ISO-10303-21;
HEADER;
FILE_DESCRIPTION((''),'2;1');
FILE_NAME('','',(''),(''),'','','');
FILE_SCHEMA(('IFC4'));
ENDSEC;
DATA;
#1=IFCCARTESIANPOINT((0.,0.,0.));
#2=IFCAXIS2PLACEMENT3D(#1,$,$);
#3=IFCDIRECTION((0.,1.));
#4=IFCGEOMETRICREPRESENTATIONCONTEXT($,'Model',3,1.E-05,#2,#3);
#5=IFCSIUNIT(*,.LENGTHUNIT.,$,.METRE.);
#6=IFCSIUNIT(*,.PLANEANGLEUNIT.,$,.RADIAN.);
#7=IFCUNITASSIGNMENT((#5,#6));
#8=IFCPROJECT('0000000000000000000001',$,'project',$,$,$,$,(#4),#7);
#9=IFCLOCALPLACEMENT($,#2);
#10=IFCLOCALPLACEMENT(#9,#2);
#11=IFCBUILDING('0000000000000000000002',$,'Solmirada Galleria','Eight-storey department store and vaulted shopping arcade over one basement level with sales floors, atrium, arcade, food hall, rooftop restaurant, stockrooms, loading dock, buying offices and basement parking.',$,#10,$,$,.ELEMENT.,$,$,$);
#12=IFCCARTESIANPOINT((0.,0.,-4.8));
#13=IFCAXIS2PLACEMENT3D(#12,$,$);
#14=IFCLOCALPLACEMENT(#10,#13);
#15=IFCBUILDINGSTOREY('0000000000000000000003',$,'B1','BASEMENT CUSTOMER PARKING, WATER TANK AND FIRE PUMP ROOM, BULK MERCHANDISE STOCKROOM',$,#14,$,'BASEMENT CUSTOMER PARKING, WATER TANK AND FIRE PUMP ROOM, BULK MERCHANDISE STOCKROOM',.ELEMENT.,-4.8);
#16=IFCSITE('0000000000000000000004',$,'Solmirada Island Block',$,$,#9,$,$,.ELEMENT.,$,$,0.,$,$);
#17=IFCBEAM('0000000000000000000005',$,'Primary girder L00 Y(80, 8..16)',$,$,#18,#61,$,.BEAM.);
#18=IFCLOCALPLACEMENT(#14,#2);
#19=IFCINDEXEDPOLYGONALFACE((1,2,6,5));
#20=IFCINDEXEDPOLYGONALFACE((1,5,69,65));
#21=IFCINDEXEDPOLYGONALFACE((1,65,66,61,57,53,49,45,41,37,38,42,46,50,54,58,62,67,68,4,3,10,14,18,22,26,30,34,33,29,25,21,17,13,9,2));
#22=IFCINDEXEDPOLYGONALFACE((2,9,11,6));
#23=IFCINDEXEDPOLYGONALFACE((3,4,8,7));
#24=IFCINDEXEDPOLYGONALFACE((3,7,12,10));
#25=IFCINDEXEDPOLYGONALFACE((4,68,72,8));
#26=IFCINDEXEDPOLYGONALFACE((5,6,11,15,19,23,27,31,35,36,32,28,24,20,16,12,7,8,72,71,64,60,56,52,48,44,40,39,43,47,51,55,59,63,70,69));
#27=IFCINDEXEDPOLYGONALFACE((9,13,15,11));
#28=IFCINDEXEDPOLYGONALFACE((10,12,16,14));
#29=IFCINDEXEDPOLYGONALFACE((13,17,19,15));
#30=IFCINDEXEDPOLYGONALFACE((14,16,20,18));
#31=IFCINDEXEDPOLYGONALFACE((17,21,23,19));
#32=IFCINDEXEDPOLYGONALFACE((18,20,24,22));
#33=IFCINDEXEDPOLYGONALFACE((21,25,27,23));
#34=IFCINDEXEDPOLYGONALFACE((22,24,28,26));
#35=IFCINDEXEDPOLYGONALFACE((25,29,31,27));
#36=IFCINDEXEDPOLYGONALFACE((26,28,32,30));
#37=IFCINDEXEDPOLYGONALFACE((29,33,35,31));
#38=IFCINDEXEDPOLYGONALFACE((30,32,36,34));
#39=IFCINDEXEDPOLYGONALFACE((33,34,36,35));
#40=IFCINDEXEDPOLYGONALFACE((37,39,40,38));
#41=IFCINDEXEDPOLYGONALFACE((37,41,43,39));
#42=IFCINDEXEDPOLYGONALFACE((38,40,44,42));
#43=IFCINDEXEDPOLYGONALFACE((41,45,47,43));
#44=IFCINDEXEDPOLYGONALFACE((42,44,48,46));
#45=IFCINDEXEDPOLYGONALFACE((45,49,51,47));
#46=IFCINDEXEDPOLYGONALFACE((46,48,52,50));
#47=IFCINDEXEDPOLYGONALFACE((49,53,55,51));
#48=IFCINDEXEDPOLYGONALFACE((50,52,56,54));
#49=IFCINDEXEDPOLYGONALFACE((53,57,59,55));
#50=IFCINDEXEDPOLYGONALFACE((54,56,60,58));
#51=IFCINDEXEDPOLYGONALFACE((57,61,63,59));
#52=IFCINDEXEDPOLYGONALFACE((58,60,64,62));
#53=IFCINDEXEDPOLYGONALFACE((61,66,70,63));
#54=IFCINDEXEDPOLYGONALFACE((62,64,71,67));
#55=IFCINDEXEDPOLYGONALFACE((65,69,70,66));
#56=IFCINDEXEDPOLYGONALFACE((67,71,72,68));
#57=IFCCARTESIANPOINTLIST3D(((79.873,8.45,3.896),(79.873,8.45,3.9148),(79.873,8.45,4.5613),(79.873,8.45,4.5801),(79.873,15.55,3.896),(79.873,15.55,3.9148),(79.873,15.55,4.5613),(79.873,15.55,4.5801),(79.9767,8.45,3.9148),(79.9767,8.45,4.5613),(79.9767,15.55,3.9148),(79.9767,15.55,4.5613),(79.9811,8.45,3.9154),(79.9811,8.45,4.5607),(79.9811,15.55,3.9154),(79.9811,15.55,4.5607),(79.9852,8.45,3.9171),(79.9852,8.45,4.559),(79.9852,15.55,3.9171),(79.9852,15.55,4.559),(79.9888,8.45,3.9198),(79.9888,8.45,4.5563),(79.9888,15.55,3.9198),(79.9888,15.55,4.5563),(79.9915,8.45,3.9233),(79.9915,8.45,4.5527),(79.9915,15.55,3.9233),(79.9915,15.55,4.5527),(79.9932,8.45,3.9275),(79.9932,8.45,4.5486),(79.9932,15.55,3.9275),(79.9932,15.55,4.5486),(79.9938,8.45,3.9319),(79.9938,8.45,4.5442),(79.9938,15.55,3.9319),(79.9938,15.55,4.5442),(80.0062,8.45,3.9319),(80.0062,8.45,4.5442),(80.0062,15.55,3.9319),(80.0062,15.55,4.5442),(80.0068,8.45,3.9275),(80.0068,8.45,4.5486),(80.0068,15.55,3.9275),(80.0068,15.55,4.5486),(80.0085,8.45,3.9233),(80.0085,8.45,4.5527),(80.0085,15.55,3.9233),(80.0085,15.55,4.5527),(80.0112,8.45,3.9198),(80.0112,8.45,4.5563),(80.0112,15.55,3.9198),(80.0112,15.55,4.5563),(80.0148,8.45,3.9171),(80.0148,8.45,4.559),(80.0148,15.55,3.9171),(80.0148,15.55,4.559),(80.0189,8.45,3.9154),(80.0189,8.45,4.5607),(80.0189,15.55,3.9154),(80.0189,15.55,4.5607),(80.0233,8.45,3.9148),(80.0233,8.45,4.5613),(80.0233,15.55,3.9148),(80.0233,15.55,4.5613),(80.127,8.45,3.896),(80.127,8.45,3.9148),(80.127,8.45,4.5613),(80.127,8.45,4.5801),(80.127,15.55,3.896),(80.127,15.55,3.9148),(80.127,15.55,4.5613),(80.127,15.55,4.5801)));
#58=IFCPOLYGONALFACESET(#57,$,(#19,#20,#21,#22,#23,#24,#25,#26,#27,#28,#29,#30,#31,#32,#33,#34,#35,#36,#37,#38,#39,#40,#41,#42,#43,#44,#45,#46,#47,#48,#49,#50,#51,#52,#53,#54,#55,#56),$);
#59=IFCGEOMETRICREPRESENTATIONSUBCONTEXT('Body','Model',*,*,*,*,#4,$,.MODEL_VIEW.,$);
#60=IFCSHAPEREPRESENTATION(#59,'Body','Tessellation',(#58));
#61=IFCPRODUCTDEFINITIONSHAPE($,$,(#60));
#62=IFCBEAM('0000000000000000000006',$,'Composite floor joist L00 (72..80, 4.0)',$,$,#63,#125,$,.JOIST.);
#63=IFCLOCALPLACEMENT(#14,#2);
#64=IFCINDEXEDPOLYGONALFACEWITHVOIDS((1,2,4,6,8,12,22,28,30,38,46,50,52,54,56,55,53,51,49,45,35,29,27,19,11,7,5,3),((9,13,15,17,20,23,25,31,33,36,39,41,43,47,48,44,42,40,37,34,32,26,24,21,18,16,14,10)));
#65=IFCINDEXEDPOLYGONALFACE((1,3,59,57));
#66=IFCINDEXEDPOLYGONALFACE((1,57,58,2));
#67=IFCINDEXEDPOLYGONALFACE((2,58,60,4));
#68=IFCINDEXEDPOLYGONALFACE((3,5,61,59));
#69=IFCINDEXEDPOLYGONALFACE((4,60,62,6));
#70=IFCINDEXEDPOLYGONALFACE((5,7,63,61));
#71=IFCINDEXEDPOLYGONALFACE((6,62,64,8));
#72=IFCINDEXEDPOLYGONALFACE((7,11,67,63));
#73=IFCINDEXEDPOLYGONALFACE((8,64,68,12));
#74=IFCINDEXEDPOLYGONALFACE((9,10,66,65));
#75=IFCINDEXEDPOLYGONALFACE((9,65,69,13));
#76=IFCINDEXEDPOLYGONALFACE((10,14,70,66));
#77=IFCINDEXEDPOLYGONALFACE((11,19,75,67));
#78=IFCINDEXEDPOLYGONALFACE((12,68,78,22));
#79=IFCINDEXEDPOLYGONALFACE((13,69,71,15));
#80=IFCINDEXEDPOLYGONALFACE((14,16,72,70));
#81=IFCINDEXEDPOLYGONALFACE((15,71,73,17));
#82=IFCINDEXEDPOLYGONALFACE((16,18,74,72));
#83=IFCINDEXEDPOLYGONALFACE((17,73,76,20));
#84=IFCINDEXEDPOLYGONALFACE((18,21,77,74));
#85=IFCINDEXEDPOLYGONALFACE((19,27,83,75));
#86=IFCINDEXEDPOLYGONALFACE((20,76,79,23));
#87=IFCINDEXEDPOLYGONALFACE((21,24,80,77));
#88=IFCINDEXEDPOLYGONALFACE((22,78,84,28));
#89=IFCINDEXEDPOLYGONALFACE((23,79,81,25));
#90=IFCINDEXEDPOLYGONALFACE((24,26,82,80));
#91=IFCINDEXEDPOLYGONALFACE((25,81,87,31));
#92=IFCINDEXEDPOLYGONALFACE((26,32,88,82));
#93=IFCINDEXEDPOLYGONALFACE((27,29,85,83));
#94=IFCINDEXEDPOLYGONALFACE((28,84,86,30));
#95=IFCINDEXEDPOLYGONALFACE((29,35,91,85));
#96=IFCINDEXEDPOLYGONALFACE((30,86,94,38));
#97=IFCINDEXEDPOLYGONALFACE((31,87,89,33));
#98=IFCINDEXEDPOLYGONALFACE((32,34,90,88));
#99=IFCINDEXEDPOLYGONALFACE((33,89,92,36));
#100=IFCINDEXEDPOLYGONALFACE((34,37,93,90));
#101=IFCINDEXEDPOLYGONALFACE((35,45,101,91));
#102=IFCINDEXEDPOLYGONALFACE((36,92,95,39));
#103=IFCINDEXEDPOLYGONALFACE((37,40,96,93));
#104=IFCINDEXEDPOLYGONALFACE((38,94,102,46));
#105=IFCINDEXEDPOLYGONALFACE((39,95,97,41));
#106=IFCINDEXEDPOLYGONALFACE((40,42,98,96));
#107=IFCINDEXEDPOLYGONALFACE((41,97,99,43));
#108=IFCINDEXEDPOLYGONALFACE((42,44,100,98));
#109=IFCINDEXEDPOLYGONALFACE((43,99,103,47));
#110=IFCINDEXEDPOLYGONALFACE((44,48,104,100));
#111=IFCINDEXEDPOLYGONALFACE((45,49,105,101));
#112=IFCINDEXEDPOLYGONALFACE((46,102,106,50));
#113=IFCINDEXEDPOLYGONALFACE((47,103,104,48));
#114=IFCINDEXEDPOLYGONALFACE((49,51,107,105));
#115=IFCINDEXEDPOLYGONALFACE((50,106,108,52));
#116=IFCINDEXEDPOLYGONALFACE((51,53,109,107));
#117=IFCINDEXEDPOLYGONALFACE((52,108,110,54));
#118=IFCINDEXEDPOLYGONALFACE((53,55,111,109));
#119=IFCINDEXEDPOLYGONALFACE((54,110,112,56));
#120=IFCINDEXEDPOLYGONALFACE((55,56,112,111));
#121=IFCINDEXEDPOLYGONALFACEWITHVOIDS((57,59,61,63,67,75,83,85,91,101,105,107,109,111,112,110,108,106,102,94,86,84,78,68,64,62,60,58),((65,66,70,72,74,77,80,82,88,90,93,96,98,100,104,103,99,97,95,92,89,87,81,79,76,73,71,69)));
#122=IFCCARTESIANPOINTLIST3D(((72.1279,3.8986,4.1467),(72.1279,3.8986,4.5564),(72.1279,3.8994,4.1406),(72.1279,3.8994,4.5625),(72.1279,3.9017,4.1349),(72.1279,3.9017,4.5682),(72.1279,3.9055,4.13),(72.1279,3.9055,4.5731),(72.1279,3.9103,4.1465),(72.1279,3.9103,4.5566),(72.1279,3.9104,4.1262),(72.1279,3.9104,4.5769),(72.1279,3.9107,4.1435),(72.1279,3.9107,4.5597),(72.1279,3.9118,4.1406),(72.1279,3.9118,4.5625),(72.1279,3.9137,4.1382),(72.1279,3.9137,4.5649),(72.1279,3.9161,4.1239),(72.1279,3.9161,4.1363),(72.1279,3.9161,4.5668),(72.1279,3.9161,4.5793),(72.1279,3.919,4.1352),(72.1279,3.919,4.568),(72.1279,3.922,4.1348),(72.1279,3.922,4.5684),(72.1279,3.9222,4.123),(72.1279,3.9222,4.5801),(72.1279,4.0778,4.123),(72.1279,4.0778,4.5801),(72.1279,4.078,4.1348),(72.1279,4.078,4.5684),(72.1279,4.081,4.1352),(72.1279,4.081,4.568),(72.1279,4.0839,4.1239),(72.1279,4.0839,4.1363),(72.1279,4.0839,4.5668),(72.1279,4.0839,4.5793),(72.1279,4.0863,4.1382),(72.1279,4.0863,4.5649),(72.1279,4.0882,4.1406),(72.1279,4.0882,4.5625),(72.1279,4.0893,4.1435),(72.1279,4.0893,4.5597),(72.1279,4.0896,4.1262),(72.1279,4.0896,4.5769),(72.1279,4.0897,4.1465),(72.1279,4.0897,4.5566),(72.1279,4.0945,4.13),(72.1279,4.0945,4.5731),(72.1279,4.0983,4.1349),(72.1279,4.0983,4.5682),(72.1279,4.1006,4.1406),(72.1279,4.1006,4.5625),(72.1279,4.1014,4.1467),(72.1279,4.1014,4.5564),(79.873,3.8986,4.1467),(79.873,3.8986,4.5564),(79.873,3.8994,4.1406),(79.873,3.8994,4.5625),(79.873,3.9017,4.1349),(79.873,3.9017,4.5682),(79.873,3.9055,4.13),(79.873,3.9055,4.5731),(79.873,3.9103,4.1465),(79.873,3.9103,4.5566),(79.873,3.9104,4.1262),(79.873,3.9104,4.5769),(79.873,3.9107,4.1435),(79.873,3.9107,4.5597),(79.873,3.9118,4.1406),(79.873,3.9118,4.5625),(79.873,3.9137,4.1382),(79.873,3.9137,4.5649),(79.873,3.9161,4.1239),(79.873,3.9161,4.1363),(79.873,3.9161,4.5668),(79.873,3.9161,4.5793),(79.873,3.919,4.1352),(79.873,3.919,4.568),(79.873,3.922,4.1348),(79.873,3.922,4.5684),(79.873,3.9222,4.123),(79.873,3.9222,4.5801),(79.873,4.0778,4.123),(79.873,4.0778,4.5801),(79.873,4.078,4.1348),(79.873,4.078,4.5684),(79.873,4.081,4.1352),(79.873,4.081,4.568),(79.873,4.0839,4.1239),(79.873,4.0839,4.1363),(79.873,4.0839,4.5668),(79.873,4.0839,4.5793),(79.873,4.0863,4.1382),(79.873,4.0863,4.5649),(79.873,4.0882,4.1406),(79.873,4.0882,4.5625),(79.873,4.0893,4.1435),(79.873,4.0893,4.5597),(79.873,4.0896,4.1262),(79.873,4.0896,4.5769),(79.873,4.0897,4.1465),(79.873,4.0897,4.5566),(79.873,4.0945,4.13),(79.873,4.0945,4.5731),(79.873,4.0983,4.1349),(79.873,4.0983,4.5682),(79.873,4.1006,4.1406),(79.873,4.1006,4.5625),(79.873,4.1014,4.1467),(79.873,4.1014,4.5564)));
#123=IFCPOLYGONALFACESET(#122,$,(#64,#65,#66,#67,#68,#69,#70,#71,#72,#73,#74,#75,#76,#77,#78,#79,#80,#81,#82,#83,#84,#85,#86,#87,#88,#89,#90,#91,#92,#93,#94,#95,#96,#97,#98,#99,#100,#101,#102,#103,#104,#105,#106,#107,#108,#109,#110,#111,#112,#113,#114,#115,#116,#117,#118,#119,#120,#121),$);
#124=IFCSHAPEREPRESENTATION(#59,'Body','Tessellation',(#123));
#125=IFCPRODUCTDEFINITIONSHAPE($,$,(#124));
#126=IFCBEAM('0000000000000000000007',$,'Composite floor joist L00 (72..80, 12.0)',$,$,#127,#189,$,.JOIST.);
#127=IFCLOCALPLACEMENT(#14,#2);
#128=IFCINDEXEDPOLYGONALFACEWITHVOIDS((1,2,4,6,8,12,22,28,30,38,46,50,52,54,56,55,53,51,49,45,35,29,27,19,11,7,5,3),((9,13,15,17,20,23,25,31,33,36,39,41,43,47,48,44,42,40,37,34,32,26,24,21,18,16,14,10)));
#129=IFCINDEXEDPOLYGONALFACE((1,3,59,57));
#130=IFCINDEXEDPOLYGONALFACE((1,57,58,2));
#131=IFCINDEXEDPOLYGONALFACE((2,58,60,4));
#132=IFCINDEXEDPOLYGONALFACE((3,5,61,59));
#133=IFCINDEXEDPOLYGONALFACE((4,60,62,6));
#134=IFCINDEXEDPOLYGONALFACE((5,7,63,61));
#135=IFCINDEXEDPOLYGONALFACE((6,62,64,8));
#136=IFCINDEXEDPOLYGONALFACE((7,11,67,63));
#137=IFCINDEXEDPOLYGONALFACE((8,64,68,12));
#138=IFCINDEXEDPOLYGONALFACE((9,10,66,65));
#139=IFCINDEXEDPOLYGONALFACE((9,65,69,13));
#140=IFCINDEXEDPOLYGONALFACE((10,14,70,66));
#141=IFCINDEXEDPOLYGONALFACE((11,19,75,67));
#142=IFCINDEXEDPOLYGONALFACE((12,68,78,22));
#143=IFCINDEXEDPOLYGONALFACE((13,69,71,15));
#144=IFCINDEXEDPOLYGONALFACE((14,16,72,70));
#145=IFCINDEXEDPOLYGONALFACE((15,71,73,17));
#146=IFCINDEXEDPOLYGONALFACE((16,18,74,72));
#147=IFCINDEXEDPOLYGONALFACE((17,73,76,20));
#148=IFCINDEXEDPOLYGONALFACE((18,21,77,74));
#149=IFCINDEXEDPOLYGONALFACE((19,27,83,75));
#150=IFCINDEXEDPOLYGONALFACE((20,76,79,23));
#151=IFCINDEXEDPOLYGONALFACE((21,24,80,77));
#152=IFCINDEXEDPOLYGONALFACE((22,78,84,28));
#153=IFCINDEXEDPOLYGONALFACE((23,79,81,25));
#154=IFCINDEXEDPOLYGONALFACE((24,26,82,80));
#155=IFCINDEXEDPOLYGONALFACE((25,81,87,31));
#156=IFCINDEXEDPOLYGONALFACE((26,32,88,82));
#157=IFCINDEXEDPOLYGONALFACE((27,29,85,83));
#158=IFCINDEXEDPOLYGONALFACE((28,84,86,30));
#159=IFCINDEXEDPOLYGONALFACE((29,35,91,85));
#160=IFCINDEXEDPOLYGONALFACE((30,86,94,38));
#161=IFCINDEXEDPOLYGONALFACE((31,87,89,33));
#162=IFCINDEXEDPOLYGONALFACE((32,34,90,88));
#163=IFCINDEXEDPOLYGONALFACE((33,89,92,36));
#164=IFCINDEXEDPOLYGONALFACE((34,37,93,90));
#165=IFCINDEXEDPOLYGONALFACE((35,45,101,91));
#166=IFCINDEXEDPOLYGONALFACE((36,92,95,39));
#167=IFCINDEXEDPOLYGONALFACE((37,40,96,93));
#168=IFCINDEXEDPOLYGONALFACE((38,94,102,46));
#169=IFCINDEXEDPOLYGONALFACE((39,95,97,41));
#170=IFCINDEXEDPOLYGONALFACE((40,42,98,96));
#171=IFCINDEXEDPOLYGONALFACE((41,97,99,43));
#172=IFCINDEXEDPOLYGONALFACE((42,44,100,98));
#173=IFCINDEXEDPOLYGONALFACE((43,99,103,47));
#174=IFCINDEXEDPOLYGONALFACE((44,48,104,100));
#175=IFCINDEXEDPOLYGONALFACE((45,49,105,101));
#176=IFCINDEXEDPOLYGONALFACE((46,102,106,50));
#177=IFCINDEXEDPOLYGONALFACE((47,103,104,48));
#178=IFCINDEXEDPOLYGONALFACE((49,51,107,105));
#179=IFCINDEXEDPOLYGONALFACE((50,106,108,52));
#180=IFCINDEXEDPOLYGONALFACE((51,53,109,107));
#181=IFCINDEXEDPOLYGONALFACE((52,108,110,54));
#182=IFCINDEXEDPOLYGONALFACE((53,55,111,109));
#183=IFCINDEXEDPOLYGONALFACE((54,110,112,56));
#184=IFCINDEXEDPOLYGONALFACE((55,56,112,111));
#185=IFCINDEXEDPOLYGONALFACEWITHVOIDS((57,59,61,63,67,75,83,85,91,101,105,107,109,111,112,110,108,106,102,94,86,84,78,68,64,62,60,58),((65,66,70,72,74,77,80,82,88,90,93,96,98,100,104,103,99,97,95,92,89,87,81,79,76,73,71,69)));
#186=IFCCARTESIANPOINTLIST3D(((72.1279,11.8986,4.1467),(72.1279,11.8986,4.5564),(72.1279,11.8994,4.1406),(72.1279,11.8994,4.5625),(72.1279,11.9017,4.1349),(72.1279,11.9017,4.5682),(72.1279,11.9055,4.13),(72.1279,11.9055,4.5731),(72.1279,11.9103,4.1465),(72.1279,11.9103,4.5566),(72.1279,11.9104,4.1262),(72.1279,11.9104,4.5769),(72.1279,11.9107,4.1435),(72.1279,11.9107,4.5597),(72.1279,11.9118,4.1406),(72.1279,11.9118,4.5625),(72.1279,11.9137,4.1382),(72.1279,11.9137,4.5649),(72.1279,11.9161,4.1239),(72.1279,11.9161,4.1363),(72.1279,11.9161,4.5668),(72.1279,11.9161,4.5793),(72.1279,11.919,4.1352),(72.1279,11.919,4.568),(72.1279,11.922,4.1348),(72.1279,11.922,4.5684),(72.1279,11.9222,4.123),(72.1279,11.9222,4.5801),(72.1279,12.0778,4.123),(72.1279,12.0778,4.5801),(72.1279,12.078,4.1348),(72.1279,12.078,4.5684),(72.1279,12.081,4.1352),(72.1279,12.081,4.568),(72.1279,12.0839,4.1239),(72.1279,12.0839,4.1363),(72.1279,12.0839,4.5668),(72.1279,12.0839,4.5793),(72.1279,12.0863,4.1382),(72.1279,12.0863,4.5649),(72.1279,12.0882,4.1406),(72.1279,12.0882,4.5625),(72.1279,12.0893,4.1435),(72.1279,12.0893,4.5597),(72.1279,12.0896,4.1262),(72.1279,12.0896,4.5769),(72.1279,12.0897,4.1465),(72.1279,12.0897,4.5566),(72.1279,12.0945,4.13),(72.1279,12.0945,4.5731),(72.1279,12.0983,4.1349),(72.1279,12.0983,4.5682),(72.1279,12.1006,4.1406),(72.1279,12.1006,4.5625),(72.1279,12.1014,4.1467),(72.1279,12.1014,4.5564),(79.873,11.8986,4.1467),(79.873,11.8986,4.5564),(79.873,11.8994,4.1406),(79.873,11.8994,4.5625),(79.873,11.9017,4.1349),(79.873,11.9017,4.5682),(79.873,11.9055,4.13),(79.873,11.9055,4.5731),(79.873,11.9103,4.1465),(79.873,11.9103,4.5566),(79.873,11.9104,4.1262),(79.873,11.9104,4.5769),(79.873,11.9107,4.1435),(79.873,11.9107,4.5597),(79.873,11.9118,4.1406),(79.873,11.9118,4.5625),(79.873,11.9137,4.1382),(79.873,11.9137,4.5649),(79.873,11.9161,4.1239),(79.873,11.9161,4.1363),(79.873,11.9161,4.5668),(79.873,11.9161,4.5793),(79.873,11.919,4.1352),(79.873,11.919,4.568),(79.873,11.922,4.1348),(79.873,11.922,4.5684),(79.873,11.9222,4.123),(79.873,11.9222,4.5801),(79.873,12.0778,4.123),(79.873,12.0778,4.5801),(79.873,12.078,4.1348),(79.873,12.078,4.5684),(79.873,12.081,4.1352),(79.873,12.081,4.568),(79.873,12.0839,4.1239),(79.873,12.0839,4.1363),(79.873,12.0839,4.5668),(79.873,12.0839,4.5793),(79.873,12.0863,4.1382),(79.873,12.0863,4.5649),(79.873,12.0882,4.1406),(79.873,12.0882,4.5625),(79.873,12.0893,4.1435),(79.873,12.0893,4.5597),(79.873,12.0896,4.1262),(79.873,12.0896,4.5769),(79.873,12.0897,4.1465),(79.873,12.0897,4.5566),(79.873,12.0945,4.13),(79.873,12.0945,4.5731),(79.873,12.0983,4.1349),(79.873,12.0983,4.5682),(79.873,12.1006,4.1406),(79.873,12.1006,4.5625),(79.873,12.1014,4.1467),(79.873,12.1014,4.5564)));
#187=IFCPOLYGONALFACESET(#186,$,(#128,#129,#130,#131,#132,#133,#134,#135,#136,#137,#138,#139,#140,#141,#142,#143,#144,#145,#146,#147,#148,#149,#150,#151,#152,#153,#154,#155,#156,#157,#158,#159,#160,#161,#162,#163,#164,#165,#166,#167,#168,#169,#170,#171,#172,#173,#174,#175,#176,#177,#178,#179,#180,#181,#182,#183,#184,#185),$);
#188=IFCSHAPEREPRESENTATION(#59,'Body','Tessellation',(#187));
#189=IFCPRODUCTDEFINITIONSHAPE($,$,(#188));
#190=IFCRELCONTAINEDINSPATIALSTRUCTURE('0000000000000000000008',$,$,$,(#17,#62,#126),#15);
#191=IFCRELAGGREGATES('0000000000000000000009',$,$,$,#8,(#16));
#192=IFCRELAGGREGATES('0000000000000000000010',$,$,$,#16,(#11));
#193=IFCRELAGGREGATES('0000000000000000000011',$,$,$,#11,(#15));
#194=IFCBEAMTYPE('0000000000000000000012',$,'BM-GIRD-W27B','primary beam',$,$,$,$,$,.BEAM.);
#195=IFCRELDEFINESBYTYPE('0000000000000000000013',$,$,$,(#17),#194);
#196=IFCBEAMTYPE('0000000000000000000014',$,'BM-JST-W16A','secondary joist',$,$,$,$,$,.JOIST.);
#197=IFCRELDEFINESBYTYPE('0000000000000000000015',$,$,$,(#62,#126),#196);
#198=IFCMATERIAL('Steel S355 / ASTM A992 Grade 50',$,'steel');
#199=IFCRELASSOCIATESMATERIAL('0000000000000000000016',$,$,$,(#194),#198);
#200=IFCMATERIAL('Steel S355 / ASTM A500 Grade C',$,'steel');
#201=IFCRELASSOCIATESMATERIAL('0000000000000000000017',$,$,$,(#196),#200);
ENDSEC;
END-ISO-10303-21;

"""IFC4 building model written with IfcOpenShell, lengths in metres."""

from ifc_helpers import new_model, si_unit, direction, frame, origin, origin_2d, place, context, subcontext, project, spatial, hollow_rectangle, i_section, extrude, material, material_profile, profile_set, type_object, element, save


model = new_model("IFC4")

# Units and contexts
model_context = context("Model", 3, precision=1e-05, world=origin(), true_north=direction((0.0, 1.0)))
body_context = subcontext(model_context, "Body", "Model", "MODEL_VIEW")
ifc_project = project(units=[si_unit("LENGTHUNIT", "METRE"), si_unit("PLANEANGLEUNIT", "RADIAN")], contexts=[model_context])

# Site, building, storey
site_placement = place(None, origin())
site = spatial("IfcSite", under=ifc_project, at=site_placement, Name="Solmirada Island Block", CompositionType="ELEMENT", RefElevation=0.0)
building_placement = place(site_placement, origin())
building = spatial("IfcBuilding", under=site, at=building_placement, Name="Solmirada Galleria", Description="Eight-storey department store and vaulted shopping arcade over one basement level with sales floors, atrium, arcade, food hall, rooftop restaurant, stockrooms, loading dock, buying offices and basement parking.", CompositionType="ELEMENT")
storey_placement = place(building_placement, frame((0.0, 0.0, -4.8)))
storey = spatial("IfcBuildingStorey", under=building, at=storey_placement, Name="B1", Description="BASEMENT CUSTOMER PARKING, WATER TANK AND FIRE PUMP ROOM, BULK MERCHANDISE STOCKROOM", LongName="BASEMENT CUSTOMER PARKING, WATER TANK AND FIRE PUMP ROOM, BULK MERCHANDISE STOCKROOM", CompositionType="ELEMENT", Elevation=-4.8)

# Shared definitions
ifc_material_1 = material(Name="Steel S355 / ASTM A500 Grade C", Category="steel")

# Beams
ifc_material_2 = material(Name="Steel S355 / ASTM A992 Grade 50", Category="steel")
ifc_material_profile_1 = material_profile(ifc_material_2, i_section(OverallWidth=0.2539, OverallDepth=0.6841, WebThickness=0.0125, FlangeThickness=0.0188, FilletRadius=0.0171, at=origin_2d()), Name="W27X94")
ifc_profile_set_1 = profile_set([ifc_material_profile_1], Name="Steel S355 / ASTM A992 Grade 50")
beam_type_1 = type_object("IfcBeamType", Name="BM-GIRD-W27B", Description="primary beam", PredefinedType="BEAM", material=ifc_profile_set_1)
beam_1_placement = place(storey_placement, frame((80.0, 8.45, 4.238), z_axis=(0.0, 1.0, 0.0), x_axis=(-1.0, 0.0, 0.0)))
element("IfcBeam", 1, at=beam_1_placement, inside=storey, type_object=beam_type_1, Name="Primary girder L00 Y(80, 8..16)", PredefinedType="BEAM", context=body_context, shape_type="SweptSolid", body=[
    extrude(i_section(OverallWidth=0.2539, OverallDepth=0.6841, WebThickness=0.0125, FlangeThickness=0.0188, FilletRadius=0.0171, at=origin_2d()), origin(), (0.0, 0.0, 1.0), 7.1001),
])
ifc_material_profile_2 = material_profile(ifc_material_1, hollow_rectangle(XDim=0.2029, YDim=0.457, WallThickness=0.0117, InnerFilletRadius=0.0117, OuterFilletRadius=0.0237, at=origin_2d()), Name="HSS18X8X1/2")
ifc_profile_set_2 = profile_set([ifc_material_profile_2], Name="Steel S355 / ASTM A500 Grade C")
beam_type_2 = type_object("IfcBeamType", Name="BM-JST-W16A", Description="secondary joist", PredefinedType="JOIST", material=ifc_profile_set_2)
for number, where, z_axis, x_axis, name in (
    (2, (72.1279, 4.0, 4.3516), (1.0, 0.0, 0.0), (0.0, 1.0, 0.0), "Composite floor joist L00 (72..80, 4.0)"),
    (3, (72.1279, 12.0, 4.3516), (1.0, 0.0, 0.0), (0.0, 1.0, 0.0), "Composite floor joist L00 (72..80, 12.0)"),
):
    element("IfcBeam", number, at=place(storey_placement, frame(where, z_axis=z_axis, x_axis=x_axis)), inside=storey, type_object=beam_type_2, Name=name, PredefinedType="JOIST", context=body_context, shape_type="SweptSolid", body=[
        extrude(hollow_rectangle(XDim=0.2029, YDim=0.457, WallThickness=0.0117, InnerFilletRadius=0.0117, OuterFilletRadius=0.0237, at=origin_2d()), origin(), (0.0, 0.0, 1.0), 7.7451),
    ])

save(model, "model.ifc")
